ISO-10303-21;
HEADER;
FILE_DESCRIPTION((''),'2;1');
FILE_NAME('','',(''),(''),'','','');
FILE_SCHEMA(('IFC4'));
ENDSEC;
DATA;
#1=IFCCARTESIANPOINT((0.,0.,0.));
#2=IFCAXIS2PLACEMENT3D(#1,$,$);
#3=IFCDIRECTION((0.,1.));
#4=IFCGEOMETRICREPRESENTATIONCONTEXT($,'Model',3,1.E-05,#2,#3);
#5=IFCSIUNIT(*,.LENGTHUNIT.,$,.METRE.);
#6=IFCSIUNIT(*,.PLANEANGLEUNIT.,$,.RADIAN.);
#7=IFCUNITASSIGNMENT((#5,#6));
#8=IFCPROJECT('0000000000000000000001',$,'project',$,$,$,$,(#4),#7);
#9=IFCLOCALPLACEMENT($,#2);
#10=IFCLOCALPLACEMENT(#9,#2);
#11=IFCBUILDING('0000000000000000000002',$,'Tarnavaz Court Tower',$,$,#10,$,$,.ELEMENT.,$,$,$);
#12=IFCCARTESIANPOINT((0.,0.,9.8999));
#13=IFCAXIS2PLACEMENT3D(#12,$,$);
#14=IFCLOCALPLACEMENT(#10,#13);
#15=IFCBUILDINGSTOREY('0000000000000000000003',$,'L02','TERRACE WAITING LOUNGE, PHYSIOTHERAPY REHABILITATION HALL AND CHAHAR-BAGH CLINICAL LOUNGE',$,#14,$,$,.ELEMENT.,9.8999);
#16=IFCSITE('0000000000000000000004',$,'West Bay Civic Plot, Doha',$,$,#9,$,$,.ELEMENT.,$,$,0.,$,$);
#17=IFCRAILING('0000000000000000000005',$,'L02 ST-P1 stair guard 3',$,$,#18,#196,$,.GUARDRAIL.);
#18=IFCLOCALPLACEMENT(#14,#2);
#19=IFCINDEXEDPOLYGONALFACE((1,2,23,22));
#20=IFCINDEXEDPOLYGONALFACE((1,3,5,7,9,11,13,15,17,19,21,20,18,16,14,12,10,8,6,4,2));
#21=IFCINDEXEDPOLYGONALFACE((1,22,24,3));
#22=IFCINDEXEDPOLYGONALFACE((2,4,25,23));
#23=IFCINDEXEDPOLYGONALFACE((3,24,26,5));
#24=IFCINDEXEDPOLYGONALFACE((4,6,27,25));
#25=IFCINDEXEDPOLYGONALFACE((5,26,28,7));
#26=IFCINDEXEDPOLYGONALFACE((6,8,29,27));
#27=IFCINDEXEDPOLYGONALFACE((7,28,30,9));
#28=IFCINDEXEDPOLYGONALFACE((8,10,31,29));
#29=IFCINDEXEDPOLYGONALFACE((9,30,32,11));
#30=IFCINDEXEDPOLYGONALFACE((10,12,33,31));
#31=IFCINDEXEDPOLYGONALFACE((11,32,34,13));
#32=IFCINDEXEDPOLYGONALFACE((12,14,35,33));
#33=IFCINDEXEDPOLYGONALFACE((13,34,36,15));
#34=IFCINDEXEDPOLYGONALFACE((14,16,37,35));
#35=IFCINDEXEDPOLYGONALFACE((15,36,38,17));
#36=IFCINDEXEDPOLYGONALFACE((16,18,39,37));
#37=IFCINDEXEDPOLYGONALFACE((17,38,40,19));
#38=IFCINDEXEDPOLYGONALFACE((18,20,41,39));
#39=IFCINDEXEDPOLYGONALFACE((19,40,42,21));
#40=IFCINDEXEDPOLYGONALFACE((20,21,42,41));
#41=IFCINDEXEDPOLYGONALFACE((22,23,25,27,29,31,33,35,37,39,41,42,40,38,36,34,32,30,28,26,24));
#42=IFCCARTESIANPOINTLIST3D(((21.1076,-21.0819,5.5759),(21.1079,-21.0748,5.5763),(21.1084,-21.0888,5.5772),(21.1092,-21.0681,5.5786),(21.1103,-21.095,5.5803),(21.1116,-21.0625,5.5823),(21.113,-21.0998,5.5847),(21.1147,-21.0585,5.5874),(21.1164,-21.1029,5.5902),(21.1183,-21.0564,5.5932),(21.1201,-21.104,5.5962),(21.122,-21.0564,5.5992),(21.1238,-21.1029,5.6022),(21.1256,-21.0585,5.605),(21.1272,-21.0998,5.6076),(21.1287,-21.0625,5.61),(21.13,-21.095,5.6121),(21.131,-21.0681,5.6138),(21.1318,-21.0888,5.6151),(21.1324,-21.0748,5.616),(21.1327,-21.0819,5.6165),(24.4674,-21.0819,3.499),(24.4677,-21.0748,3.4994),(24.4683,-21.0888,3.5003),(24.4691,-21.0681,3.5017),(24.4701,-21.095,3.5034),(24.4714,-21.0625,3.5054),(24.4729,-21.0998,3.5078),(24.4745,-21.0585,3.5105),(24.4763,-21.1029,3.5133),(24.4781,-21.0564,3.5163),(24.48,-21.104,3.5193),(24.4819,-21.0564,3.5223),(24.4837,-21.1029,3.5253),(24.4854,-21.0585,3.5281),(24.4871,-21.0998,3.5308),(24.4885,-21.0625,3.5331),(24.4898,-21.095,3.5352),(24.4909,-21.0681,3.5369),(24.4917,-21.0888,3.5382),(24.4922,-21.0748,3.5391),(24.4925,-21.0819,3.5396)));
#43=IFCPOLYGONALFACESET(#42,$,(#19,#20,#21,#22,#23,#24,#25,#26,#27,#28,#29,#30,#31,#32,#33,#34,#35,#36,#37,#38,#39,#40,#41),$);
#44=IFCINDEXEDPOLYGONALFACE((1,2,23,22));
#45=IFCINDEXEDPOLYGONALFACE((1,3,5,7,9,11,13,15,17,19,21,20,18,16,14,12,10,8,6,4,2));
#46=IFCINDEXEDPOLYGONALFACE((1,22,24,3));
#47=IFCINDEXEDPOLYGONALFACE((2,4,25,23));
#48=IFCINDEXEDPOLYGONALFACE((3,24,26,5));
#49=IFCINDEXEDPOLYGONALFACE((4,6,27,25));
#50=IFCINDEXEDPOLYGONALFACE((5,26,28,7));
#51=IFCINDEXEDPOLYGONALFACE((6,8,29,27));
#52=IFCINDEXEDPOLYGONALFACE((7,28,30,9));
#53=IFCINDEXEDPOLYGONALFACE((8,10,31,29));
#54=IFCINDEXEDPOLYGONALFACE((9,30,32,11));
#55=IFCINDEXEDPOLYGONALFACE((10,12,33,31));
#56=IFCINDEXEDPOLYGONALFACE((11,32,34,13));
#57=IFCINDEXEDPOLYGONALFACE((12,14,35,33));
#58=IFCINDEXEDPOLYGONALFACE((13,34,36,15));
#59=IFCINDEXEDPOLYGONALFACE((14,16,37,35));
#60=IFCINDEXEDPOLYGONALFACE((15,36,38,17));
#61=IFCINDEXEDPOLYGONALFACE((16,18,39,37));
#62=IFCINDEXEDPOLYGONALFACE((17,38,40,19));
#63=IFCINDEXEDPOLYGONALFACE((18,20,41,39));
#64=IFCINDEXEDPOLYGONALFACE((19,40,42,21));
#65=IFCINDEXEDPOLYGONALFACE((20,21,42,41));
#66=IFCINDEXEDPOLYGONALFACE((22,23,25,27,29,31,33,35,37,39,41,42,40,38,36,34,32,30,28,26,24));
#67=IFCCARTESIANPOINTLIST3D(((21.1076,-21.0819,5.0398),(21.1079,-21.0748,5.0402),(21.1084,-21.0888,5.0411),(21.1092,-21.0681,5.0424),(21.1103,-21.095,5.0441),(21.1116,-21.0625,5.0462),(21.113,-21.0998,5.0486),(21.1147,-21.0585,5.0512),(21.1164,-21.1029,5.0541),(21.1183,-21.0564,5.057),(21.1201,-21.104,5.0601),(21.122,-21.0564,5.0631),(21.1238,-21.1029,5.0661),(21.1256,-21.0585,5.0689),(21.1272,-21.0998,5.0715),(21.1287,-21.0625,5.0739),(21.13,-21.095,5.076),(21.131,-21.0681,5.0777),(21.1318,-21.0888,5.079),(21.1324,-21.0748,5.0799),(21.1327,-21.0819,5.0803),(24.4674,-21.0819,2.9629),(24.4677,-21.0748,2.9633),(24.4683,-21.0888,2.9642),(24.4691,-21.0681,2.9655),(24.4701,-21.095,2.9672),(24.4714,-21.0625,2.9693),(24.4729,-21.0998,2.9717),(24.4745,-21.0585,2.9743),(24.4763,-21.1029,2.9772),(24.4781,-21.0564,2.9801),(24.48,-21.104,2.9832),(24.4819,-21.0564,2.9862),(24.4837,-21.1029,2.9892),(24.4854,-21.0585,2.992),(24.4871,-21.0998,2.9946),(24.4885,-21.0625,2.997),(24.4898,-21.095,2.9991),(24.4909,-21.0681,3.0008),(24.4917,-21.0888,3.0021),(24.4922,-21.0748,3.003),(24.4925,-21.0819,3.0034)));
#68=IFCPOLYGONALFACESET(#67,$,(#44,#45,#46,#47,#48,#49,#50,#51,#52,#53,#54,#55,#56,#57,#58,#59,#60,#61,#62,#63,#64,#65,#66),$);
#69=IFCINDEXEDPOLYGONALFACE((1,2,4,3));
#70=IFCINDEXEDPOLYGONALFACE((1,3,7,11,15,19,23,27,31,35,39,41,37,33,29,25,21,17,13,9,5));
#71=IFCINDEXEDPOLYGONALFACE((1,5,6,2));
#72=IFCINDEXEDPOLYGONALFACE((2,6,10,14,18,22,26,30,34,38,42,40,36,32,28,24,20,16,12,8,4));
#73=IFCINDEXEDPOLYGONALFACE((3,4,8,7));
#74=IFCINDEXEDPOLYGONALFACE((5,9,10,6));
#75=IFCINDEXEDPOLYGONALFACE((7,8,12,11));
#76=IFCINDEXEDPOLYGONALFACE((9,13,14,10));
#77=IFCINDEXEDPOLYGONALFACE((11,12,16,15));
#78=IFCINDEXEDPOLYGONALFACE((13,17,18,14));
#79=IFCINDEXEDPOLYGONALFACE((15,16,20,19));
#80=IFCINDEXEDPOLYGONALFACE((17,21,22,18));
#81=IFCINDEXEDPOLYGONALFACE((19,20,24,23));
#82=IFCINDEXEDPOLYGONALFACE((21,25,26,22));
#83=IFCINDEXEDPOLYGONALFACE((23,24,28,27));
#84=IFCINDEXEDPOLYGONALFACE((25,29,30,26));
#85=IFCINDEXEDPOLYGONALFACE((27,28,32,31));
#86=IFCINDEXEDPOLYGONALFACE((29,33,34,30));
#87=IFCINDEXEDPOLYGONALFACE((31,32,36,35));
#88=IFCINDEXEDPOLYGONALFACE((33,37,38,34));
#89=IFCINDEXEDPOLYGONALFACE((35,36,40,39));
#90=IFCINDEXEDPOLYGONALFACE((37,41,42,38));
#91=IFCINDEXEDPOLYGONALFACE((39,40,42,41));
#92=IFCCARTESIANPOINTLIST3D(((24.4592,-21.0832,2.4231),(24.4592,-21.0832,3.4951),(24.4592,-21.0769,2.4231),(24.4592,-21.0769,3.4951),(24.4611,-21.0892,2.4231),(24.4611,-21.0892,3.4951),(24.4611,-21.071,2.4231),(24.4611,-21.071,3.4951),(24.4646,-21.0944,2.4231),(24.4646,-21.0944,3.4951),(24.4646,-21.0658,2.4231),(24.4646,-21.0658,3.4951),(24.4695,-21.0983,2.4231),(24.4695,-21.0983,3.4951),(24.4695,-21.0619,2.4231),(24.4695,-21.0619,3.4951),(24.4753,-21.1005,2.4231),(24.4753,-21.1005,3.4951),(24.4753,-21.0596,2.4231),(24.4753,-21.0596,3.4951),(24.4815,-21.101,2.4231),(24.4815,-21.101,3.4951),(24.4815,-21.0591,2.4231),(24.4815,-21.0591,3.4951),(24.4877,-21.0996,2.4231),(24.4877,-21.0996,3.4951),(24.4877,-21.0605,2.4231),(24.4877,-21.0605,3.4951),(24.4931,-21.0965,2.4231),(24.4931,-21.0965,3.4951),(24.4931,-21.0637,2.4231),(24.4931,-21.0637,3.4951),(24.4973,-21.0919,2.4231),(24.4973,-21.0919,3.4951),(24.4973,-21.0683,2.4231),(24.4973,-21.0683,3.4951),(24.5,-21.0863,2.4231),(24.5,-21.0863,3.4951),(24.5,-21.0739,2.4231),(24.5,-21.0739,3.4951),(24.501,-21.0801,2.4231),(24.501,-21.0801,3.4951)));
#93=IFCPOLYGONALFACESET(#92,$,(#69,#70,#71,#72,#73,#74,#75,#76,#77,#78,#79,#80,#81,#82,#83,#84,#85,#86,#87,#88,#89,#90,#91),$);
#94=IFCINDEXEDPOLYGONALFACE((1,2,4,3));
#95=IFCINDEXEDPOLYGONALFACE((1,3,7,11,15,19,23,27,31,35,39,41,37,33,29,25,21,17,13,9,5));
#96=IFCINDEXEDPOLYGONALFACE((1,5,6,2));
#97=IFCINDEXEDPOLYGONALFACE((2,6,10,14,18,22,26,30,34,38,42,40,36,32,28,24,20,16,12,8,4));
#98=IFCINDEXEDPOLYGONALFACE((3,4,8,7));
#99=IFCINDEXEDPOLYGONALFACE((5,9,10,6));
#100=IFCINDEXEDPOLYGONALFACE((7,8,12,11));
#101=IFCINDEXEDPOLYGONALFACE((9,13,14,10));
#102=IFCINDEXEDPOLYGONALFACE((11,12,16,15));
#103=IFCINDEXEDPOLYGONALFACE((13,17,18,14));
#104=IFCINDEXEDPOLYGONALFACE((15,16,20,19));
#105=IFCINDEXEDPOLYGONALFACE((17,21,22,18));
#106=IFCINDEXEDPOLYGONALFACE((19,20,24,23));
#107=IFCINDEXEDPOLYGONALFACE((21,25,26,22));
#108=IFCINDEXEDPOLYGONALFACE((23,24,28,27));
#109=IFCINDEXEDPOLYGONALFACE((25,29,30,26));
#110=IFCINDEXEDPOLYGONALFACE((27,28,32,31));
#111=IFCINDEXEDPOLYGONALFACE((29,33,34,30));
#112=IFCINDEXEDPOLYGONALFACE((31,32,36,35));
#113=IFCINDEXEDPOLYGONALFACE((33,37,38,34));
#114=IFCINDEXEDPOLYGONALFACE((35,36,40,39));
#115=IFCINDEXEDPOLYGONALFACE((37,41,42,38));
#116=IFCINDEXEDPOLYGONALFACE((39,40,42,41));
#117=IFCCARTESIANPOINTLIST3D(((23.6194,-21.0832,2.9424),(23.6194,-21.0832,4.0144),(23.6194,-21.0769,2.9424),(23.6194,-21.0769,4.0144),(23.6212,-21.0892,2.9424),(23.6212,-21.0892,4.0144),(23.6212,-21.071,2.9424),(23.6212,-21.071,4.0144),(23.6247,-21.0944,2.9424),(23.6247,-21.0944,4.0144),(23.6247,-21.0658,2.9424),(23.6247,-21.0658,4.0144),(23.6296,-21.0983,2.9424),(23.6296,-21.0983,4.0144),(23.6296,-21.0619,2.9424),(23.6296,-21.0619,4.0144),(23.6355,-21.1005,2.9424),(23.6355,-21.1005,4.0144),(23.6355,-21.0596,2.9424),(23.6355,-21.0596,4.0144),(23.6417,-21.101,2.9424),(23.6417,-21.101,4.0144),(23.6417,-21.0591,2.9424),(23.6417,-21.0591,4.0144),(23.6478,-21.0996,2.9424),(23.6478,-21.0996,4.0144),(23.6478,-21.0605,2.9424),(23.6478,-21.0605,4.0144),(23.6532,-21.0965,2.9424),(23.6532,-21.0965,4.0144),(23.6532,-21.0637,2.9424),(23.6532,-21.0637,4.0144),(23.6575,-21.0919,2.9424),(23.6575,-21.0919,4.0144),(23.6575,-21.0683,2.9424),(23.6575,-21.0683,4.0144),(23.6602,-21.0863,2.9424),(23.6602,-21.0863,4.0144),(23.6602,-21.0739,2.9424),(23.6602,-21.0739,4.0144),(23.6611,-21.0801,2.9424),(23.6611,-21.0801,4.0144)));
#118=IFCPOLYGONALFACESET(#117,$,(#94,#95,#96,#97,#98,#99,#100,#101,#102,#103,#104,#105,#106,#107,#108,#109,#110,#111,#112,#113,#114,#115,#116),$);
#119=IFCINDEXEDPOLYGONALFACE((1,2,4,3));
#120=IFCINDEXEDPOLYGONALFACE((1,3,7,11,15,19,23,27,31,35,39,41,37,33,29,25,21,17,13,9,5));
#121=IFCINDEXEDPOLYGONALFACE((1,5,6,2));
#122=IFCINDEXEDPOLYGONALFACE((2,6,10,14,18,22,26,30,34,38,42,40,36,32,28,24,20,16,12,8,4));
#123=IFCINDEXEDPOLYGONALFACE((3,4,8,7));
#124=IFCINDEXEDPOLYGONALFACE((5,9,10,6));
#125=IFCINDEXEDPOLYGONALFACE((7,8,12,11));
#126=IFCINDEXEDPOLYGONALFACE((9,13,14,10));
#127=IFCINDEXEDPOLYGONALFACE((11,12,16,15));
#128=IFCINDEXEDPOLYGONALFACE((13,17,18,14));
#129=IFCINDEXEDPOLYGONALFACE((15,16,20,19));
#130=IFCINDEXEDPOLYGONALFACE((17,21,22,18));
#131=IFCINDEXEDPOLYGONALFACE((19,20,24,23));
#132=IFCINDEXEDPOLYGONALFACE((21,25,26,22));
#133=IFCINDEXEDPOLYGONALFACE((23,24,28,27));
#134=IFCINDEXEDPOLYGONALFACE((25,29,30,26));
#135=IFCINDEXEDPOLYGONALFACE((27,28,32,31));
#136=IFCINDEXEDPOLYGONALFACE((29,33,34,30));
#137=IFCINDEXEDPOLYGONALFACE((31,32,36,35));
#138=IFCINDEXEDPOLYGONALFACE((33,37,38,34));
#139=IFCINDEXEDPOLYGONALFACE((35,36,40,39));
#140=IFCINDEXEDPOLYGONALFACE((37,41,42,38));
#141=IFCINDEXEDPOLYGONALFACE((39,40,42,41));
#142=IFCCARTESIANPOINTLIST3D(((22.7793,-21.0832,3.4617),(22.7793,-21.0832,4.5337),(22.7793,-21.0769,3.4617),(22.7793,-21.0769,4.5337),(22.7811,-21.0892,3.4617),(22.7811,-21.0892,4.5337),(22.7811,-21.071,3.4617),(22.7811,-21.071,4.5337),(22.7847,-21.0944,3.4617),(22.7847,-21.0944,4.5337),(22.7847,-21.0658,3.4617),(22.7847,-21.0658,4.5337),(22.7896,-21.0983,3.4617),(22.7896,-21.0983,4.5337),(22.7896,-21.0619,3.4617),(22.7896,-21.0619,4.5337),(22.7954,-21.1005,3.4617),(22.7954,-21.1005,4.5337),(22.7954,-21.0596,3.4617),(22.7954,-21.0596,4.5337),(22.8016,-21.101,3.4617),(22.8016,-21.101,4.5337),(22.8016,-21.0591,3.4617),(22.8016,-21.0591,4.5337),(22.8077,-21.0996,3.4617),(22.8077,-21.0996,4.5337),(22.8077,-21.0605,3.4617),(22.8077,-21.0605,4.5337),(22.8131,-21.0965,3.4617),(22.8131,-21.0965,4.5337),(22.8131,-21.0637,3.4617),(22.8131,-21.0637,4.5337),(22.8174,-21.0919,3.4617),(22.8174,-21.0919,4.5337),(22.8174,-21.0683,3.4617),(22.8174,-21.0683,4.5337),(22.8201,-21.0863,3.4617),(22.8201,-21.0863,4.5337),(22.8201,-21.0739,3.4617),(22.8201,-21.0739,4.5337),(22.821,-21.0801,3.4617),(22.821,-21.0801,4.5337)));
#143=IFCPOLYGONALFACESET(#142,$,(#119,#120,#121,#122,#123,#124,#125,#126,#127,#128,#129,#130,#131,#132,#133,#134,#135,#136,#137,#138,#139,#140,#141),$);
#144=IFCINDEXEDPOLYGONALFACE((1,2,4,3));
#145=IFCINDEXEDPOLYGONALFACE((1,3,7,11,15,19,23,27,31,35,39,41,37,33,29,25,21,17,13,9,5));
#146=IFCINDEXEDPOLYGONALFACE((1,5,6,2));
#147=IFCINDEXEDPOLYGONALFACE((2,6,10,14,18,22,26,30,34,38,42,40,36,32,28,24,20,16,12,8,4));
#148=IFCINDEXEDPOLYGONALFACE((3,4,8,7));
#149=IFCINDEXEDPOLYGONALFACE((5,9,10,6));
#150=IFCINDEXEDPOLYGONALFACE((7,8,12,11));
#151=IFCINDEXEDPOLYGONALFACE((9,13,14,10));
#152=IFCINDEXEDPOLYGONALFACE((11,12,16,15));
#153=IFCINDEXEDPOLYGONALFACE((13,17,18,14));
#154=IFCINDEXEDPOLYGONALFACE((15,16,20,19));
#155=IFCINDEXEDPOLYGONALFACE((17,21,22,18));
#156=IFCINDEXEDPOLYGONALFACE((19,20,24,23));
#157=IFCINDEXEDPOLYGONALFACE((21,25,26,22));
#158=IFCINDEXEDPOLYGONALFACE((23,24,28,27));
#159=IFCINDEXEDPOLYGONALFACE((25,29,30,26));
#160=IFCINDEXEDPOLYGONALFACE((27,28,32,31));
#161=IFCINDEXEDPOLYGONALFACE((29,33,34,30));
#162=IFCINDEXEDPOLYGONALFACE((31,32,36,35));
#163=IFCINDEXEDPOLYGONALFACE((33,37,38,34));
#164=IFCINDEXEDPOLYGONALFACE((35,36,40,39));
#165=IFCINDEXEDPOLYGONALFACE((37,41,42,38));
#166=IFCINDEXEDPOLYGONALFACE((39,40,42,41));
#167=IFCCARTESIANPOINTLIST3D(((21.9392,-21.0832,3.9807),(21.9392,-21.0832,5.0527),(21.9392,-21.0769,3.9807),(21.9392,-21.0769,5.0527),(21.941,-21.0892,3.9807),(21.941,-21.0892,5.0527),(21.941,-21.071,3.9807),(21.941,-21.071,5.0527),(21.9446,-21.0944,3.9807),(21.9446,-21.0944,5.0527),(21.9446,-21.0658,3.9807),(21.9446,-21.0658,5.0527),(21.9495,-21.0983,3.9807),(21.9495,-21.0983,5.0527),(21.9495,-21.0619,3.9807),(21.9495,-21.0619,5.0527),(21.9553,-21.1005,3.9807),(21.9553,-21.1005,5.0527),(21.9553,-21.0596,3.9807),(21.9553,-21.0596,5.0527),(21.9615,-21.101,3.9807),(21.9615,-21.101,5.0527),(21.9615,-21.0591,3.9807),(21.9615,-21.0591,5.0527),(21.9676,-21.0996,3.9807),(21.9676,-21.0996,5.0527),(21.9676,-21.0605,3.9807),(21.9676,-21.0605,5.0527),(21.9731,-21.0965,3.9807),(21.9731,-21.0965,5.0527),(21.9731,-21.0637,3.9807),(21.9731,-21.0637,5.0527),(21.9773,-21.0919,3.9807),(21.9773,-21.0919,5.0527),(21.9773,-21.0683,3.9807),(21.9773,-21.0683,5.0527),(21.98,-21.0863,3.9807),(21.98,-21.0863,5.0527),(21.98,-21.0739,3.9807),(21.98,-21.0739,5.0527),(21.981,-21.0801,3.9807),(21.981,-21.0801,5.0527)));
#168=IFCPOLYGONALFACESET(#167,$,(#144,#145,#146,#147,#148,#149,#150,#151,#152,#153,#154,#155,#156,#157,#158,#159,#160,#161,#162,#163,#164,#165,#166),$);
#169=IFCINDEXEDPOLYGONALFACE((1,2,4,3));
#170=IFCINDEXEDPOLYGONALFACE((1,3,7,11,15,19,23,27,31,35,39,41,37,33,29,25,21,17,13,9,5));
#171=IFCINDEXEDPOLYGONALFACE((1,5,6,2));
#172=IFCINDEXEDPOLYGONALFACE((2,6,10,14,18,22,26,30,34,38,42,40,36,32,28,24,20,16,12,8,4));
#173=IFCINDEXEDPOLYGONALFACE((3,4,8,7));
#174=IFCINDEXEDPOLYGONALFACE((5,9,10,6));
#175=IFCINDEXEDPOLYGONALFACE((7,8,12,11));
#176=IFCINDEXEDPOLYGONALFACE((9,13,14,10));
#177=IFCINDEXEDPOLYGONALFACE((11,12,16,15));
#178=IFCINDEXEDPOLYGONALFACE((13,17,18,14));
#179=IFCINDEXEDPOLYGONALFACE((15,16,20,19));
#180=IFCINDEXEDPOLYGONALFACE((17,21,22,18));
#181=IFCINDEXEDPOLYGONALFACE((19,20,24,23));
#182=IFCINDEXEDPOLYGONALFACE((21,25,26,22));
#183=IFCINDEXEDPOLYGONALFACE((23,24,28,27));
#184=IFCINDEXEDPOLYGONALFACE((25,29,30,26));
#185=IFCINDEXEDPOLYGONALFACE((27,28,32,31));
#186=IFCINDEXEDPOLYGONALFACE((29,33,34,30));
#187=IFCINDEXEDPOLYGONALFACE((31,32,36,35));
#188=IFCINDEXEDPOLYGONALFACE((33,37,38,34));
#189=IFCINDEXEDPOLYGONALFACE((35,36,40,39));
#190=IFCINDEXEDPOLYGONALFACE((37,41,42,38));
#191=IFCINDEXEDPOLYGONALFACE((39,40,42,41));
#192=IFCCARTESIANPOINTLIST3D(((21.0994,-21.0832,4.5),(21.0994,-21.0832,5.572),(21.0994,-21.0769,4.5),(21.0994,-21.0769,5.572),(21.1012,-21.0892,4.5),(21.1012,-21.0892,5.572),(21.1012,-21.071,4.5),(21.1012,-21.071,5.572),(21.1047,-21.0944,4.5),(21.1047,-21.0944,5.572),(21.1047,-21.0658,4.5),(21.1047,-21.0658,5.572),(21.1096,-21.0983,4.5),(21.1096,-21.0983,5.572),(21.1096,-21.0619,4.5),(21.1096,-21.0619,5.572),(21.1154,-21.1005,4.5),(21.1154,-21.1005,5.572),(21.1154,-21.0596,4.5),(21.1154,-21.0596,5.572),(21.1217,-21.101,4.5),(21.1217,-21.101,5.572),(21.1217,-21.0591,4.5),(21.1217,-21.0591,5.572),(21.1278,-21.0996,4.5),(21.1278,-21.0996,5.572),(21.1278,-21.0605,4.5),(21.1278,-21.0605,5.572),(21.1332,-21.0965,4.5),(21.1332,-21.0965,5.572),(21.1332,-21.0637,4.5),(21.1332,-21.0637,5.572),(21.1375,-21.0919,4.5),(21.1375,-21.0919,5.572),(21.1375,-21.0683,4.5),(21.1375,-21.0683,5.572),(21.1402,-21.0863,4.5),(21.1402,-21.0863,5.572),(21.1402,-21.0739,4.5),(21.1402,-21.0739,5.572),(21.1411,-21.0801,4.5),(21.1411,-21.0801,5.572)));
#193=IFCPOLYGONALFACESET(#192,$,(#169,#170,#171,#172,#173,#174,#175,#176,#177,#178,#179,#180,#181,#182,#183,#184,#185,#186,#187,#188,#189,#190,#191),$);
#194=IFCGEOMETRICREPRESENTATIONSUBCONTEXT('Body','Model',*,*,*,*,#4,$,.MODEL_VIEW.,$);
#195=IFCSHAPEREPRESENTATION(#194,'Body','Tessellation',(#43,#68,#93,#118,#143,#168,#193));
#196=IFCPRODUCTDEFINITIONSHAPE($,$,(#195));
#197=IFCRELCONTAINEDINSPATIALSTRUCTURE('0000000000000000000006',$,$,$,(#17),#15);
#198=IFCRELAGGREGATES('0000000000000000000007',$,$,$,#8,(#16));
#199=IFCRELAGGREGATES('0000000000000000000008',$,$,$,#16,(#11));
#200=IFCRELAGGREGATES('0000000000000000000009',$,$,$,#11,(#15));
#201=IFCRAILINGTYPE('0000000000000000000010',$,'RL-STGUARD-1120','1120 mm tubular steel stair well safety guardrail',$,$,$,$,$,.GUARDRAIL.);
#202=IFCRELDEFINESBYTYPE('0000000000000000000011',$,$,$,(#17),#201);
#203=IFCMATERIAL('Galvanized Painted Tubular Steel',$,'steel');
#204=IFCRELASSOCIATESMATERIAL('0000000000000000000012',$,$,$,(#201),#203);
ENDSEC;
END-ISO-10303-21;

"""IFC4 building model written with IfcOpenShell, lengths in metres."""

from ifc_helpers import new_model, si_unit, direction, frame, origin, origin_2d, place, context, subcontext, project, spatial, circle, extrude, material, type_object, element, save


model = new_model("IFC4")

# Units and contexts
model_context = context("Model", 3, precision=1e-05, world=origin(), true_north=direction((0.0, 1.0)))
body_context = subcontext(model_context, "Body", "Model", "MODEL_VIEW")
ifc_project = project(units=[si_unit("LENGTHUNIT", "METRE"), si_unit("PLANEANGLEUNIT", "RADIAN")], contexts=[model_context])

# Site, building, storey
site_placement = place(None, origin())
site = spatial("IfcSite", under=ifc_project, at=site_placement, Name="West Bay Civic Plot, Doha", CompositionType="ELEMENT", RefElevation=0.0)
building_placement = place(site_placement, origin())
building = spatial("IfcBuilding", under=site, at=building_placement, Name="Tarnavaz Court Tower", CompositionType="ELEMENT")
storey_placement = place(building_placement, frame((0.0, 0.0, 9.8999)))
storey = spatial("IfcBuildingStorey", under=building, at=storey_placement, Name="L02", Description="TERRACE WAITING LOUNGE, PHYSIOTHERAPY REHABILITATION HALL AND CHAHAR-BAGH CLINICAL LOUNGE", CompositionType="ELEMENT", Elevation=9.8999)

# Railing
ifc_material_1 = material(Name="Galvanized Painted Tubular Steel", Category="steel")
railing_type_1 = type_object("IfcRailingType", Name="RL-STGUARD-1120", Description="1120 mm tubular steel stair well safety guardrail", PredefinedType="GUARDRAIL", material=ifc_material_1)
railing_1_placement = place(storey_placement, frame((24.48, -21.0801, 2.4231)))
element("IfcRailing", 1, at=railing_1_placement, inside=storey, type_object=railing_type_1, Name="L02 ST-P1 stair guard 3", PredefinedType="GUARDRAIL", context=body_context, shape_type="SweptSolid", body=[
    extrude(circle(Radius=0.0239, at=origin_2d()), frame((0.0, 0.0, 1.0962), z_axis=(-0.850606, 0.0, 0.525803), x_axis=(0.0, -1.0, 0.0)), (0.0, 0.0, 1.0), 3.95),
    extrude(circle(Radius=0.0239, at=origin_2d()), frame((0.0, 0.0, 0.5601), z_axis=(-0.850606, 0.0, 0.525803), x_axis=(0.0, -1.0, 0.0)), (0.0, 0.0, 1.0), 3.95),
    extrude(circle(Radius=0.021, at=origin_2d()), origin(), (0.0, 0.0, 1.0), 1.072),
    extrude(circle(Radius=0.021, at=origin_2d()), frame((-0.8398, 0.0, 0.5193)), (0.0, 0.0, 1.0), 1.072),
    extrude(circle(Radius=0.021, at=origin_2d()), frame((-1.6799, 0.0, 1.0386)), (0.0, 0.0, 1.0), 1.072),
    extrude(circle(Radius=0.021, at=origin_2d()), frame((-2.52, 0.0, 1.5576)), (0.0, 0.0, 1.0), 1.072),
    extrude(circle(Radius=0.021, at=origin_2d()), frame((-3.3599, 0.0, 2.0769)), (0.0, 0.0, 1.0), 1.072),
])

save(model, "model.ifc")
